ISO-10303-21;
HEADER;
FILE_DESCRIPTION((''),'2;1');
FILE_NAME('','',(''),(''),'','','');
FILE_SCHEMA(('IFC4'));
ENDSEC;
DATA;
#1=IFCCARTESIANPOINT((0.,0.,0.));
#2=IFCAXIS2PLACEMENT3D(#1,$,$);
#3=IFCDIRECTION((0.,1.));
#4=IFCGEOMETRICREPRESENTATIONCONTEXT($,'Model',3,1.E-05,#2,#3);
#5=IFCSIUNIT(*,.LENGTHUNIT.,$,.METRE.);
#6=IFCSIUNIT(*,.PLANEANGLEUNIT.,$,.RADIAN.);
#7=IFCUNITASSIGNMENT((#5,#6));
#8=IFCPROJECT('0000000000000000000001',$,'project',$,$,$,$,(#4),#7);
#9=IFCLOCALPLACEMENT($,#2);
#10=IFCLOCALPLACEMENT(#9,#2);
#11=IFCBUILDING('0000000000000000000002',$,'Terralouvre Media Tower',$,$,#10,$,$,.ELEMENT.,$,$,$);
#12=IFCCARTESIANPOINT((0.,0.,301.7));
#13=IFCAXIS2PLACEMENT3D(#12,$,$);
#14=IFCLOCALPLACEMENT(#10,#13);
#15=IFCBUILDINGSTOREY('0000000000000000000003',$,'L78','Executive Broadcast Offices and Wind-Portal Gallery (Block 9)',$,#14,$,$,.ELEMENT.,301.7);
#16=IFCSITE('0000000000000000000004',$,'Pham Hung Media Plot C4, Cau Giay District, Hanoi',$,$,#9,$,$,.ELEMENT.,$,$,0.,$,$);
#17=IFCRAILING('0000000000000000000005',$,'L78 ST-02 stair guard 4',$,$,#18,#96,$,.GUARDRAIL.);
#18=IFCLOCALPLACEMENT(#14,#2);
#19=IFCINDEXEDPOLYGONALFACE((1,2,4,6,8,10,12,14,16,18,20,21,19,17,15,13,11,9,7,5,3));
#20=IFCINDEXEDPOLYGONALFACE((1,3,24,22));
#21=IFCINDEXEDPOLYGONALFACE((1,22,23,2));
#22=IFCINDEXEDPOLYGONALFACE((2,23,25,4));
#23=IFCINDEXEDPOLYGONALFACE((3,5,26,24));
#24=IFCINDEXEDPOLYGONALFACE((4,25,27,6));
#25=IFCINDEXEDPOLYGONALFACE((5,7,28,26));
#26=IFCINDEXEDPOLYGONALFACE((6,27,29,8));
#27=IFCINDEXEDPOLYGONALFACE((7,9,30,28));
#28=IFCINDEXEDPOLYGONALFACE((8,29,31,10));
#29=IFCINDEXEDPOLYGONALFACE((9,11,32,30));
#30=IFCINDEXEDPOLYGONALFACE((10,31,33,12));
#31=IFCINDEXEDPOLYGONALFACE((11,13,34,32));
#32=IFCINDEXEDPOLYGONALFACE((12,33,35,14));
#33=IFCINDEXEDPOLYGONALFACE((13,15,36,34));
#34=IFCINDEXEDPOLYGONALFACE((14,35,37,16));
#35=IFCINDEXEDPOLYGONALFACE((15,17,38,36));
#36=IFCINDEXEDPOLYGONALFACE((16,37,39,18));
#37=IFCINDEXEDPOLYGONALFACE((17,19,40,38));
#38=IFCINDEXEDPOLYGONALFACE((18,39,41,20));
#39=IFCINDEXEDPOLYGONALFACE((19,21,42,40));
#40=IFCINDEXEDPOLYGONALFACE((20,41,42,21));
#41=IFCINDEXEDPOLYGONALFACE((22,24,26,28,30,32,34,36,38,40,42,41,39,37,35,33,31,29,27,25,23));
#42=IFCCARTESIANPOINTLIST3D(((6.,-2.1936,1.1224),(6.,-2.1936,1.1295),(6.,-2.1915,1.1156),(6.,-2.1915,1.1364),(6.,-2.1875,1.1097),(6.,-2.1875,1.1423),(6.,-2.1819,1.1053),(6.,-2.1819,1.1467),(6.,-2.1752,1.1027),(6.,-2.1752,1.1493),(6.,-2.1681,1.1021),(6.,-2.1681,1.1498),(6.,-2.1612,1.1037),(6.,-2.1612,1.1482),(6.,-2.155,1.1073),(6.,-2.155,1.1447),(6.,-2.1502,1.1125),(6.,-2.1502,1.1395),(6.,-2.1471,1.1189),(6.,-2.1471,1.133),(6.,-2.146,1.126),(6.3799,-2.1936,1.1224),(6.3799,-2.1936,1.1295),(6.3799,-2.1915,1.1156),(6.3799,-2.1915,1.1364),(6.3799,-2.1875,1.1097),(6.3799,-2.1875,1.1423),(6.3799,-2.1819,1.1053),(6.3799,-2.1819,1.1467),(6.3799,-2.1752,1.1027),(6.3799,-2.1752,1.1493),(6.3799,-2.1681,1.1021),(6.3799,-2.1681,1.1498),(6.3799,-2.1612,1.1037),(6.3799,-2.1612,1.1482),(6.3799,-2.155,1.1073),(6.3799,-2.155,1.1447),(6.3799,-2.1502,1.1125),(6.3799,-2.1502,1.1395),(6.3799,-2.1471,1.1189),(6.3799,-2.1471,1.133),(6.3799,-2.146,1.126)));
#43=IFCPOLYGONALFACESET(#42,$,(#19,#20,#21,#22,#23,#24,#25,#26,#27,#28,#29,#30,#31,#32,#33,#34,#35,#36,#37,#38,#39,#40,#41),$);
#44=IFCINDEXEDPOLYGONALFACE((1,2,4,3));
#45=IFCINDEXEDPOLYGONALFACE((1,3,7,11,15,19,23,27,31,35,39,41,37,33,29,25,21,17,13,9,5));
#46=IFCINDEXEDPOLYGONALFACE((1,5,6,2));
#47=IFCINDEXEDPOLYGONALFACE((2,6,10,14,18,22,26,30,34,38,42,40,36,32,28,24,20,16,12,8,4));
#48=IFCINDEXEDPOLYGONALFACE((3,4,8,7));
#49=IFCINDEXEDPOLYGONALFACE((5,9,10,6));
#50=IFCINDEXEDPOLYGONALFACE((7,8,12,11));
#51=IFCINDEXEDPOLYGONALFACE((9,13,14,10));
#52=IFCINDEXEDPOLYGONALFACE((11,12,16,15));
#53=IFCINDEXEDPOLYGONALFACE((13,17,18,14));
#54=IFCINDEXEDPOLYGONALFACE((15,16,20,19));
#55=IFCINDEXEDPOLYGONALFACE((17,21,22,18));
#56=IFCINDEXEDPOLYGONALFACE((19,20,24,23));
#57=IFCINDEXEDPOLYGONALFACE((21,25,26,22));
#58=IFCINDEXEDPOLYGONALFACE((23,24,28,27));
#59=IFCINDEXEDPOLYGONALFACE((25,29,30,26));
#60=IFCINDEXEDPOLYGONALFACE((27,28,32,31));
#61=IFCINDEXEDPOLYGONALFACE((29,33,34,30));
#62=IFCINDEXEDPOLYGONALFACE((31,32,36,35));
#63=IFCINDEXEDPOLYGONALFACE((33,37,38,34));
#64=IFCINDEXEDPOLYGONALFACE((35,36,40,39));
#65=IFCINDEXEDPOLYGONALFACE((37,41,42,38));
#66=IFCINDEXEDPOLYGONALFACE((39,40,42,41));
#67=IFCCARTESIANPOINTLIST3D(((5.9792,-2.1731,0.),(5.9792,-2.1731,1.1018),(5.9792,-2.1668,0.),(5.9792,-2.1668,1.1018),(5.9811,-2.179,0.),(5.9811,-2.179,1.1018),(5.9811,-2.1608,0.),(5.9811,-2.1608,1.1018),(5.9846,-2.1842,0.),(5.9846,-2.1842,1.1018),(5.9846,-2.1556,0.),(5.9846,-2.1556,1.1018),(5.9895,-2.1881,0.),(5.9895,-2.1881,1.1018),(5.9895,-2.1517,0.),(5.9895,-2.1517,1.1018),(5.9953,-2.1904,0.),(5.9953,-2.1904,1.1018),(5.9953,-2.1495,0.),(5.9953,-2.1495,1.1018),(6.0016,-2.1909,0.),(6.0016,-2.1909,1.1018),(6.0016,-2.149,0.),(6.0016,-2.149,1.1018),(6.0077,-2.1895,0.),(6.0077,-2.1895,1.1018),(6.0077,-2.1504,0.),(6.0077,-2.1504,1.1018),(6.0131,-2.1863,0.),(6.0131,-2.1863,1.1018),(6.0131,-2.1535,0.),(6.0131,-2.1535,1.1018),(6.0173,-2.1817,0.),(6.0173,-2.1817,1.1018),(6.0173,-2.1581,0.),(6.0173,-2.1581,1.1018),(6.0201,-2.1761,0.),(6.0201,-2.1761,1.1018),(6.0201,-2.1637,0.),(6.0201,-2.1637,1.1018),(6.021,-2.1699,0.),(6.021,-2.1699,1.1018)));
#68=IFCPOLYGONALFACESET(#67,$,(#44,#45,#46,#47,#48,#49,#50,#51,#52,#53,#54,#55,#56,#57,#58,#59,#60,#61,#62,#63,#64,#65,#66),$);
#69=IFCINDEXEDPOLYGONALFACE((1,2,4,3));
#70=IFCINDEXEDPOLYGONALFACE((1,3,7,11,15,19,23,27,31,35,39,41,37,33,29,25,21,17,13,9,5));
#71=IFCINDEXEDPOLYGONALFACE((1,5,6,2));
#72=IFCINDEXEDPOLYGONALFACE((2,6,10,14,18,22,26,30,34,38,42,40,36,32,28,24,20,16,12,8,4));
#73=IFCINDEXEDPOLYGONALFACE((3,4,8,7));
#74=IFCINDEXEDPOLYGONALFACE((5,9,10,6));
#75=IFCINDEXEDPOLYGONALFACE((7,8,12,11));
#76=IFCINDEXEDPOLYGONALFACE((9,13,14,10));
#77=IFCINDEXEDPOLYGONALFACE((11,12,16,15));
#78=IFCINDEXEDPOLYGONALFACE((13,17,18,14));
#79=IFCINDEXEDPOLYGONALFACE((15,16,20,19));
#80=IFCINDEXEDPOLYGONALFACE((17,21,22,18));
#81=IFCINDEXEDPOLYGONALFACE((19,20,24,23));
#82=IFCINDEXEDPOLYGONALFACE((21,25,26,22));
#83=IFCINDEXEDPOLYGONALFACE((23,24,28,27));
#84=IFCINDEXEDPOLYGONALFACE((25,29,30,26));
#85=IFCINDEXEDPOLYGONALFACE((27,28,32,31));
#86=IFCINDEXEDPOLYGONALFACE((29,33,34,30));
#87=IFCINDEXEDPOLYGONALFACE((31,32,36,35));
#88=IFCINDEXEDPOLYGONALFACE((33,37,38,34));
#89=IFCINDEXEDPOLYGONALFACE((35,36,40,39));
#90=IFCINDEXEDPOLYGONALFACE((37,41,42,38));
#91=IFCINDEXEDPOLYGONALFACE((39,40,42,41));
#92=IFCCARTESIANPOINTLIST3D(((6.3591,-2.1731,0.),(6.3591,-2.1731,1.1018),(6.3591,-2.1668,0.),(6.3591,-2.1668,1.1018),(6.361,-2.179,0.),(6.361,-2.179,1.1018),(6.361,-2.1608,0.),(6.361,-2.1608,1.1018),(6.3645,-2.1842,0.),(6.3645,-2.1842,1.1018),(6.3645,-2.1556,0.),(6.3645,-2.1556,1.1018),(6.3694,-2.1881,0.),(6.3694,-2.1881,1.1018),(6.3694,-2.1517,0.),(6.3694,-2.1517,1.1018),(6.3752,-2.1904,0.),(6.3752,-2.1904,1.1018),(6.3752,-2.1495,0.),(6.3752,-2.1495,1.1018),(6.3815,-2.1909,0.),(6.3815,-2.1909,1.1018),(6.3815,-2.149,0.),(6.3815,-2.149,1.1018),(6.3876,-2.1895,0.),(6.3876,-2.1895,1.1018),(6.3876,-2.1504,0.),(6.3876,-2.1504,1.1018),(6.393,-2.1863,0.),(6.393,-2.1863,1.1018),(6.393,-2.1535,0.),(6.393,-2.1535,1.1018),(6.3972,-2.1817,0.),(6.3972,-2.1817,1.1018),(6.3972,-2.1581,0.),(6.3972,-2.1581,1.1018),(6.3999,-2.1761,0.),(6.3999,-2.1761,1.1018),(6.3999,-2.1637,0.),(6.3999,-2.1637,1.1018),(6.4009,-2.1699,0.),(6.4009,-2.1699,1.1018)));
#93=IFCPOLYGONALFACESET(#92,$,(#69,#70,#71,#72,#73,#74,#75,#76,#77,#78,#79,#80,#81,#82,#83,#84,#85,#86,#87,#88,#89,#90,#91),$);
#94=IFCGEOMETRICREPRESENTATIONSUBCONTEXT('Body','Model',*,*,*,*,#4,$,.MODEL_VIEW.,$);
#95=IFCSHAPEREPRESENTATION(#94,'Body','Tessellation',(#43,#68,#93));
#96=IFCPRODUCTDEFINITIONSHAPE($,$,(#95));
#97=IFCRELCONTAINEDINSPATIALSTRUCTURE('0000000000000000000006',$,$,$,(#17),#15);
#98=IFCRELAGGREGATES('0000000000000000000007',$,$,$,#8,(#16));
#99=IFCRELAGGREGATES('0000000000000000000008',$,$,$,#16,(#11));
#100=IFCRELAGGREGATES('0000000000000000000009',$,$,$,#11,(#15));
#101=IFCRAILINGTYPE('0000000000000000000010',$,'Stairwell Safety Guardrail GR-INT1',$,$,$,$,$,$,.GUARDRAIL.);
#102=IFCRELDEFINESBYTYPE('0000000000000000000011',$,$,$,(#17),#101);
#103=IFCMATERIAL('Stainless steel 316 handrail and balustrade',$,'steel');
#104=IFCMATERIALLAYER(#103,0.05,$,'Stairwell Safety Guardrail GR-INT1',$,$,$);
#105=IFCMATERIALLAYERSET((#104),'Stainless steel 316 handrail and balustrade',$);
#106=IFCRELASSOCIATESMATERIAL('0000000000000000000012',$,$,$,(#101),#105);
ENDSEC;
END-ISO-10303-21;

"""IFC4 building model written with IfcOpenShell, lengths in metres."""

from ifc_helpers import new_model, si_unit, direction, frame, origin, origin_2d, place, context, subcontext, project, spatial, circle, extrude, material, layer, layer_set, type_object, element, save


model = new_model("IFC4")

# Units and contexts
model_context = context("Model", 3, precision=1e-05, world=origin(), true_north=direction((0.0, 1.0)))
body_context = subcontext(model_context, "Body", "Model", "MODEL_VIEW")
ifc_project = project(units=[si_unit("LENGTHUNIT", "METRE"), si_unit("PLANEANGLEUNIT", "RADIAN")], contexts=[model_context])

# Site, building, storey
site_placement = place(None, origin())
site = spatial("IfcSite", under=ifc_project, at=site_placement, Name="Pham Hung Media Plot C4, Cau Giay District, Hanoi", CompositionType="ELEMENT", RefElevation=0.0)
building_placement = place(site_placement, origin())
building = spatial("IfcBuilding", under=site, at=building_placement, Name="Terralouvre Media Tower", CompositionType="ELEMENT")
storey_placement = place(building_placement, frame((0.0, 0.0, 301.7)))
storey = spatial("IfcBuildingStorey", under=building, at=storey_placement, Name="L78", Description="Executive Broadcast Offices and Wind-Portal Gallery (Block 9)", CompositionType="ELEMENT", Elevation=301.7)

# Railing
ifc_material_1 = material(Name="Stainless steel 316 handrail and balustrade", Category="steel")
ifc_layer_1 = layer(ifc_material_1, 0.05, Name="Stairwell Safety Guardrail GR-INT1")
ifc_layer_set_1 = layer_set([ifc_layer_1], Name="Stainless steel 316 handrail and balustrade")
railing_type_1 = type_object("IfcRailingType", Name="Stairwell Safety Guardrail GR-INT1", PredefinedType="GUARDRAIL", material=ifc_layer_set_1)
railing_1_placement = place(storey_placement, frame((6.0, -2.1699, 0.0)))
element("IfcRailing", 1, at=railing_1_placement, inside=storey, type_object=railing_type_1, Name="L78 ST-02 stair guard 4", PredefinedType="GUARDRAIL", context=body_context, shape_type="SweptSolid", body=[
    extrude(circle(Radius=0.0239, at=origin_2d()), frame((0.0, 0.0, 1.126), z_axis=(1.0, 0.0, 0.0), x_axis=(0.0, 1.0, 0.0)), (0.0, 0.0, 1.0), 0.3799),
    extrude(circle(Radius=0.021, at=origin_2d()), origin(), (0.0, 0.0, 1.0), 1.1018),
    extrude(circle(Radius=0.021, at=origin_2d()), frame((0.3799, 0.0, 0.0)), (0.0, 0.0, 1.0), 1.1018),
])

save(model, "model.ifc")
